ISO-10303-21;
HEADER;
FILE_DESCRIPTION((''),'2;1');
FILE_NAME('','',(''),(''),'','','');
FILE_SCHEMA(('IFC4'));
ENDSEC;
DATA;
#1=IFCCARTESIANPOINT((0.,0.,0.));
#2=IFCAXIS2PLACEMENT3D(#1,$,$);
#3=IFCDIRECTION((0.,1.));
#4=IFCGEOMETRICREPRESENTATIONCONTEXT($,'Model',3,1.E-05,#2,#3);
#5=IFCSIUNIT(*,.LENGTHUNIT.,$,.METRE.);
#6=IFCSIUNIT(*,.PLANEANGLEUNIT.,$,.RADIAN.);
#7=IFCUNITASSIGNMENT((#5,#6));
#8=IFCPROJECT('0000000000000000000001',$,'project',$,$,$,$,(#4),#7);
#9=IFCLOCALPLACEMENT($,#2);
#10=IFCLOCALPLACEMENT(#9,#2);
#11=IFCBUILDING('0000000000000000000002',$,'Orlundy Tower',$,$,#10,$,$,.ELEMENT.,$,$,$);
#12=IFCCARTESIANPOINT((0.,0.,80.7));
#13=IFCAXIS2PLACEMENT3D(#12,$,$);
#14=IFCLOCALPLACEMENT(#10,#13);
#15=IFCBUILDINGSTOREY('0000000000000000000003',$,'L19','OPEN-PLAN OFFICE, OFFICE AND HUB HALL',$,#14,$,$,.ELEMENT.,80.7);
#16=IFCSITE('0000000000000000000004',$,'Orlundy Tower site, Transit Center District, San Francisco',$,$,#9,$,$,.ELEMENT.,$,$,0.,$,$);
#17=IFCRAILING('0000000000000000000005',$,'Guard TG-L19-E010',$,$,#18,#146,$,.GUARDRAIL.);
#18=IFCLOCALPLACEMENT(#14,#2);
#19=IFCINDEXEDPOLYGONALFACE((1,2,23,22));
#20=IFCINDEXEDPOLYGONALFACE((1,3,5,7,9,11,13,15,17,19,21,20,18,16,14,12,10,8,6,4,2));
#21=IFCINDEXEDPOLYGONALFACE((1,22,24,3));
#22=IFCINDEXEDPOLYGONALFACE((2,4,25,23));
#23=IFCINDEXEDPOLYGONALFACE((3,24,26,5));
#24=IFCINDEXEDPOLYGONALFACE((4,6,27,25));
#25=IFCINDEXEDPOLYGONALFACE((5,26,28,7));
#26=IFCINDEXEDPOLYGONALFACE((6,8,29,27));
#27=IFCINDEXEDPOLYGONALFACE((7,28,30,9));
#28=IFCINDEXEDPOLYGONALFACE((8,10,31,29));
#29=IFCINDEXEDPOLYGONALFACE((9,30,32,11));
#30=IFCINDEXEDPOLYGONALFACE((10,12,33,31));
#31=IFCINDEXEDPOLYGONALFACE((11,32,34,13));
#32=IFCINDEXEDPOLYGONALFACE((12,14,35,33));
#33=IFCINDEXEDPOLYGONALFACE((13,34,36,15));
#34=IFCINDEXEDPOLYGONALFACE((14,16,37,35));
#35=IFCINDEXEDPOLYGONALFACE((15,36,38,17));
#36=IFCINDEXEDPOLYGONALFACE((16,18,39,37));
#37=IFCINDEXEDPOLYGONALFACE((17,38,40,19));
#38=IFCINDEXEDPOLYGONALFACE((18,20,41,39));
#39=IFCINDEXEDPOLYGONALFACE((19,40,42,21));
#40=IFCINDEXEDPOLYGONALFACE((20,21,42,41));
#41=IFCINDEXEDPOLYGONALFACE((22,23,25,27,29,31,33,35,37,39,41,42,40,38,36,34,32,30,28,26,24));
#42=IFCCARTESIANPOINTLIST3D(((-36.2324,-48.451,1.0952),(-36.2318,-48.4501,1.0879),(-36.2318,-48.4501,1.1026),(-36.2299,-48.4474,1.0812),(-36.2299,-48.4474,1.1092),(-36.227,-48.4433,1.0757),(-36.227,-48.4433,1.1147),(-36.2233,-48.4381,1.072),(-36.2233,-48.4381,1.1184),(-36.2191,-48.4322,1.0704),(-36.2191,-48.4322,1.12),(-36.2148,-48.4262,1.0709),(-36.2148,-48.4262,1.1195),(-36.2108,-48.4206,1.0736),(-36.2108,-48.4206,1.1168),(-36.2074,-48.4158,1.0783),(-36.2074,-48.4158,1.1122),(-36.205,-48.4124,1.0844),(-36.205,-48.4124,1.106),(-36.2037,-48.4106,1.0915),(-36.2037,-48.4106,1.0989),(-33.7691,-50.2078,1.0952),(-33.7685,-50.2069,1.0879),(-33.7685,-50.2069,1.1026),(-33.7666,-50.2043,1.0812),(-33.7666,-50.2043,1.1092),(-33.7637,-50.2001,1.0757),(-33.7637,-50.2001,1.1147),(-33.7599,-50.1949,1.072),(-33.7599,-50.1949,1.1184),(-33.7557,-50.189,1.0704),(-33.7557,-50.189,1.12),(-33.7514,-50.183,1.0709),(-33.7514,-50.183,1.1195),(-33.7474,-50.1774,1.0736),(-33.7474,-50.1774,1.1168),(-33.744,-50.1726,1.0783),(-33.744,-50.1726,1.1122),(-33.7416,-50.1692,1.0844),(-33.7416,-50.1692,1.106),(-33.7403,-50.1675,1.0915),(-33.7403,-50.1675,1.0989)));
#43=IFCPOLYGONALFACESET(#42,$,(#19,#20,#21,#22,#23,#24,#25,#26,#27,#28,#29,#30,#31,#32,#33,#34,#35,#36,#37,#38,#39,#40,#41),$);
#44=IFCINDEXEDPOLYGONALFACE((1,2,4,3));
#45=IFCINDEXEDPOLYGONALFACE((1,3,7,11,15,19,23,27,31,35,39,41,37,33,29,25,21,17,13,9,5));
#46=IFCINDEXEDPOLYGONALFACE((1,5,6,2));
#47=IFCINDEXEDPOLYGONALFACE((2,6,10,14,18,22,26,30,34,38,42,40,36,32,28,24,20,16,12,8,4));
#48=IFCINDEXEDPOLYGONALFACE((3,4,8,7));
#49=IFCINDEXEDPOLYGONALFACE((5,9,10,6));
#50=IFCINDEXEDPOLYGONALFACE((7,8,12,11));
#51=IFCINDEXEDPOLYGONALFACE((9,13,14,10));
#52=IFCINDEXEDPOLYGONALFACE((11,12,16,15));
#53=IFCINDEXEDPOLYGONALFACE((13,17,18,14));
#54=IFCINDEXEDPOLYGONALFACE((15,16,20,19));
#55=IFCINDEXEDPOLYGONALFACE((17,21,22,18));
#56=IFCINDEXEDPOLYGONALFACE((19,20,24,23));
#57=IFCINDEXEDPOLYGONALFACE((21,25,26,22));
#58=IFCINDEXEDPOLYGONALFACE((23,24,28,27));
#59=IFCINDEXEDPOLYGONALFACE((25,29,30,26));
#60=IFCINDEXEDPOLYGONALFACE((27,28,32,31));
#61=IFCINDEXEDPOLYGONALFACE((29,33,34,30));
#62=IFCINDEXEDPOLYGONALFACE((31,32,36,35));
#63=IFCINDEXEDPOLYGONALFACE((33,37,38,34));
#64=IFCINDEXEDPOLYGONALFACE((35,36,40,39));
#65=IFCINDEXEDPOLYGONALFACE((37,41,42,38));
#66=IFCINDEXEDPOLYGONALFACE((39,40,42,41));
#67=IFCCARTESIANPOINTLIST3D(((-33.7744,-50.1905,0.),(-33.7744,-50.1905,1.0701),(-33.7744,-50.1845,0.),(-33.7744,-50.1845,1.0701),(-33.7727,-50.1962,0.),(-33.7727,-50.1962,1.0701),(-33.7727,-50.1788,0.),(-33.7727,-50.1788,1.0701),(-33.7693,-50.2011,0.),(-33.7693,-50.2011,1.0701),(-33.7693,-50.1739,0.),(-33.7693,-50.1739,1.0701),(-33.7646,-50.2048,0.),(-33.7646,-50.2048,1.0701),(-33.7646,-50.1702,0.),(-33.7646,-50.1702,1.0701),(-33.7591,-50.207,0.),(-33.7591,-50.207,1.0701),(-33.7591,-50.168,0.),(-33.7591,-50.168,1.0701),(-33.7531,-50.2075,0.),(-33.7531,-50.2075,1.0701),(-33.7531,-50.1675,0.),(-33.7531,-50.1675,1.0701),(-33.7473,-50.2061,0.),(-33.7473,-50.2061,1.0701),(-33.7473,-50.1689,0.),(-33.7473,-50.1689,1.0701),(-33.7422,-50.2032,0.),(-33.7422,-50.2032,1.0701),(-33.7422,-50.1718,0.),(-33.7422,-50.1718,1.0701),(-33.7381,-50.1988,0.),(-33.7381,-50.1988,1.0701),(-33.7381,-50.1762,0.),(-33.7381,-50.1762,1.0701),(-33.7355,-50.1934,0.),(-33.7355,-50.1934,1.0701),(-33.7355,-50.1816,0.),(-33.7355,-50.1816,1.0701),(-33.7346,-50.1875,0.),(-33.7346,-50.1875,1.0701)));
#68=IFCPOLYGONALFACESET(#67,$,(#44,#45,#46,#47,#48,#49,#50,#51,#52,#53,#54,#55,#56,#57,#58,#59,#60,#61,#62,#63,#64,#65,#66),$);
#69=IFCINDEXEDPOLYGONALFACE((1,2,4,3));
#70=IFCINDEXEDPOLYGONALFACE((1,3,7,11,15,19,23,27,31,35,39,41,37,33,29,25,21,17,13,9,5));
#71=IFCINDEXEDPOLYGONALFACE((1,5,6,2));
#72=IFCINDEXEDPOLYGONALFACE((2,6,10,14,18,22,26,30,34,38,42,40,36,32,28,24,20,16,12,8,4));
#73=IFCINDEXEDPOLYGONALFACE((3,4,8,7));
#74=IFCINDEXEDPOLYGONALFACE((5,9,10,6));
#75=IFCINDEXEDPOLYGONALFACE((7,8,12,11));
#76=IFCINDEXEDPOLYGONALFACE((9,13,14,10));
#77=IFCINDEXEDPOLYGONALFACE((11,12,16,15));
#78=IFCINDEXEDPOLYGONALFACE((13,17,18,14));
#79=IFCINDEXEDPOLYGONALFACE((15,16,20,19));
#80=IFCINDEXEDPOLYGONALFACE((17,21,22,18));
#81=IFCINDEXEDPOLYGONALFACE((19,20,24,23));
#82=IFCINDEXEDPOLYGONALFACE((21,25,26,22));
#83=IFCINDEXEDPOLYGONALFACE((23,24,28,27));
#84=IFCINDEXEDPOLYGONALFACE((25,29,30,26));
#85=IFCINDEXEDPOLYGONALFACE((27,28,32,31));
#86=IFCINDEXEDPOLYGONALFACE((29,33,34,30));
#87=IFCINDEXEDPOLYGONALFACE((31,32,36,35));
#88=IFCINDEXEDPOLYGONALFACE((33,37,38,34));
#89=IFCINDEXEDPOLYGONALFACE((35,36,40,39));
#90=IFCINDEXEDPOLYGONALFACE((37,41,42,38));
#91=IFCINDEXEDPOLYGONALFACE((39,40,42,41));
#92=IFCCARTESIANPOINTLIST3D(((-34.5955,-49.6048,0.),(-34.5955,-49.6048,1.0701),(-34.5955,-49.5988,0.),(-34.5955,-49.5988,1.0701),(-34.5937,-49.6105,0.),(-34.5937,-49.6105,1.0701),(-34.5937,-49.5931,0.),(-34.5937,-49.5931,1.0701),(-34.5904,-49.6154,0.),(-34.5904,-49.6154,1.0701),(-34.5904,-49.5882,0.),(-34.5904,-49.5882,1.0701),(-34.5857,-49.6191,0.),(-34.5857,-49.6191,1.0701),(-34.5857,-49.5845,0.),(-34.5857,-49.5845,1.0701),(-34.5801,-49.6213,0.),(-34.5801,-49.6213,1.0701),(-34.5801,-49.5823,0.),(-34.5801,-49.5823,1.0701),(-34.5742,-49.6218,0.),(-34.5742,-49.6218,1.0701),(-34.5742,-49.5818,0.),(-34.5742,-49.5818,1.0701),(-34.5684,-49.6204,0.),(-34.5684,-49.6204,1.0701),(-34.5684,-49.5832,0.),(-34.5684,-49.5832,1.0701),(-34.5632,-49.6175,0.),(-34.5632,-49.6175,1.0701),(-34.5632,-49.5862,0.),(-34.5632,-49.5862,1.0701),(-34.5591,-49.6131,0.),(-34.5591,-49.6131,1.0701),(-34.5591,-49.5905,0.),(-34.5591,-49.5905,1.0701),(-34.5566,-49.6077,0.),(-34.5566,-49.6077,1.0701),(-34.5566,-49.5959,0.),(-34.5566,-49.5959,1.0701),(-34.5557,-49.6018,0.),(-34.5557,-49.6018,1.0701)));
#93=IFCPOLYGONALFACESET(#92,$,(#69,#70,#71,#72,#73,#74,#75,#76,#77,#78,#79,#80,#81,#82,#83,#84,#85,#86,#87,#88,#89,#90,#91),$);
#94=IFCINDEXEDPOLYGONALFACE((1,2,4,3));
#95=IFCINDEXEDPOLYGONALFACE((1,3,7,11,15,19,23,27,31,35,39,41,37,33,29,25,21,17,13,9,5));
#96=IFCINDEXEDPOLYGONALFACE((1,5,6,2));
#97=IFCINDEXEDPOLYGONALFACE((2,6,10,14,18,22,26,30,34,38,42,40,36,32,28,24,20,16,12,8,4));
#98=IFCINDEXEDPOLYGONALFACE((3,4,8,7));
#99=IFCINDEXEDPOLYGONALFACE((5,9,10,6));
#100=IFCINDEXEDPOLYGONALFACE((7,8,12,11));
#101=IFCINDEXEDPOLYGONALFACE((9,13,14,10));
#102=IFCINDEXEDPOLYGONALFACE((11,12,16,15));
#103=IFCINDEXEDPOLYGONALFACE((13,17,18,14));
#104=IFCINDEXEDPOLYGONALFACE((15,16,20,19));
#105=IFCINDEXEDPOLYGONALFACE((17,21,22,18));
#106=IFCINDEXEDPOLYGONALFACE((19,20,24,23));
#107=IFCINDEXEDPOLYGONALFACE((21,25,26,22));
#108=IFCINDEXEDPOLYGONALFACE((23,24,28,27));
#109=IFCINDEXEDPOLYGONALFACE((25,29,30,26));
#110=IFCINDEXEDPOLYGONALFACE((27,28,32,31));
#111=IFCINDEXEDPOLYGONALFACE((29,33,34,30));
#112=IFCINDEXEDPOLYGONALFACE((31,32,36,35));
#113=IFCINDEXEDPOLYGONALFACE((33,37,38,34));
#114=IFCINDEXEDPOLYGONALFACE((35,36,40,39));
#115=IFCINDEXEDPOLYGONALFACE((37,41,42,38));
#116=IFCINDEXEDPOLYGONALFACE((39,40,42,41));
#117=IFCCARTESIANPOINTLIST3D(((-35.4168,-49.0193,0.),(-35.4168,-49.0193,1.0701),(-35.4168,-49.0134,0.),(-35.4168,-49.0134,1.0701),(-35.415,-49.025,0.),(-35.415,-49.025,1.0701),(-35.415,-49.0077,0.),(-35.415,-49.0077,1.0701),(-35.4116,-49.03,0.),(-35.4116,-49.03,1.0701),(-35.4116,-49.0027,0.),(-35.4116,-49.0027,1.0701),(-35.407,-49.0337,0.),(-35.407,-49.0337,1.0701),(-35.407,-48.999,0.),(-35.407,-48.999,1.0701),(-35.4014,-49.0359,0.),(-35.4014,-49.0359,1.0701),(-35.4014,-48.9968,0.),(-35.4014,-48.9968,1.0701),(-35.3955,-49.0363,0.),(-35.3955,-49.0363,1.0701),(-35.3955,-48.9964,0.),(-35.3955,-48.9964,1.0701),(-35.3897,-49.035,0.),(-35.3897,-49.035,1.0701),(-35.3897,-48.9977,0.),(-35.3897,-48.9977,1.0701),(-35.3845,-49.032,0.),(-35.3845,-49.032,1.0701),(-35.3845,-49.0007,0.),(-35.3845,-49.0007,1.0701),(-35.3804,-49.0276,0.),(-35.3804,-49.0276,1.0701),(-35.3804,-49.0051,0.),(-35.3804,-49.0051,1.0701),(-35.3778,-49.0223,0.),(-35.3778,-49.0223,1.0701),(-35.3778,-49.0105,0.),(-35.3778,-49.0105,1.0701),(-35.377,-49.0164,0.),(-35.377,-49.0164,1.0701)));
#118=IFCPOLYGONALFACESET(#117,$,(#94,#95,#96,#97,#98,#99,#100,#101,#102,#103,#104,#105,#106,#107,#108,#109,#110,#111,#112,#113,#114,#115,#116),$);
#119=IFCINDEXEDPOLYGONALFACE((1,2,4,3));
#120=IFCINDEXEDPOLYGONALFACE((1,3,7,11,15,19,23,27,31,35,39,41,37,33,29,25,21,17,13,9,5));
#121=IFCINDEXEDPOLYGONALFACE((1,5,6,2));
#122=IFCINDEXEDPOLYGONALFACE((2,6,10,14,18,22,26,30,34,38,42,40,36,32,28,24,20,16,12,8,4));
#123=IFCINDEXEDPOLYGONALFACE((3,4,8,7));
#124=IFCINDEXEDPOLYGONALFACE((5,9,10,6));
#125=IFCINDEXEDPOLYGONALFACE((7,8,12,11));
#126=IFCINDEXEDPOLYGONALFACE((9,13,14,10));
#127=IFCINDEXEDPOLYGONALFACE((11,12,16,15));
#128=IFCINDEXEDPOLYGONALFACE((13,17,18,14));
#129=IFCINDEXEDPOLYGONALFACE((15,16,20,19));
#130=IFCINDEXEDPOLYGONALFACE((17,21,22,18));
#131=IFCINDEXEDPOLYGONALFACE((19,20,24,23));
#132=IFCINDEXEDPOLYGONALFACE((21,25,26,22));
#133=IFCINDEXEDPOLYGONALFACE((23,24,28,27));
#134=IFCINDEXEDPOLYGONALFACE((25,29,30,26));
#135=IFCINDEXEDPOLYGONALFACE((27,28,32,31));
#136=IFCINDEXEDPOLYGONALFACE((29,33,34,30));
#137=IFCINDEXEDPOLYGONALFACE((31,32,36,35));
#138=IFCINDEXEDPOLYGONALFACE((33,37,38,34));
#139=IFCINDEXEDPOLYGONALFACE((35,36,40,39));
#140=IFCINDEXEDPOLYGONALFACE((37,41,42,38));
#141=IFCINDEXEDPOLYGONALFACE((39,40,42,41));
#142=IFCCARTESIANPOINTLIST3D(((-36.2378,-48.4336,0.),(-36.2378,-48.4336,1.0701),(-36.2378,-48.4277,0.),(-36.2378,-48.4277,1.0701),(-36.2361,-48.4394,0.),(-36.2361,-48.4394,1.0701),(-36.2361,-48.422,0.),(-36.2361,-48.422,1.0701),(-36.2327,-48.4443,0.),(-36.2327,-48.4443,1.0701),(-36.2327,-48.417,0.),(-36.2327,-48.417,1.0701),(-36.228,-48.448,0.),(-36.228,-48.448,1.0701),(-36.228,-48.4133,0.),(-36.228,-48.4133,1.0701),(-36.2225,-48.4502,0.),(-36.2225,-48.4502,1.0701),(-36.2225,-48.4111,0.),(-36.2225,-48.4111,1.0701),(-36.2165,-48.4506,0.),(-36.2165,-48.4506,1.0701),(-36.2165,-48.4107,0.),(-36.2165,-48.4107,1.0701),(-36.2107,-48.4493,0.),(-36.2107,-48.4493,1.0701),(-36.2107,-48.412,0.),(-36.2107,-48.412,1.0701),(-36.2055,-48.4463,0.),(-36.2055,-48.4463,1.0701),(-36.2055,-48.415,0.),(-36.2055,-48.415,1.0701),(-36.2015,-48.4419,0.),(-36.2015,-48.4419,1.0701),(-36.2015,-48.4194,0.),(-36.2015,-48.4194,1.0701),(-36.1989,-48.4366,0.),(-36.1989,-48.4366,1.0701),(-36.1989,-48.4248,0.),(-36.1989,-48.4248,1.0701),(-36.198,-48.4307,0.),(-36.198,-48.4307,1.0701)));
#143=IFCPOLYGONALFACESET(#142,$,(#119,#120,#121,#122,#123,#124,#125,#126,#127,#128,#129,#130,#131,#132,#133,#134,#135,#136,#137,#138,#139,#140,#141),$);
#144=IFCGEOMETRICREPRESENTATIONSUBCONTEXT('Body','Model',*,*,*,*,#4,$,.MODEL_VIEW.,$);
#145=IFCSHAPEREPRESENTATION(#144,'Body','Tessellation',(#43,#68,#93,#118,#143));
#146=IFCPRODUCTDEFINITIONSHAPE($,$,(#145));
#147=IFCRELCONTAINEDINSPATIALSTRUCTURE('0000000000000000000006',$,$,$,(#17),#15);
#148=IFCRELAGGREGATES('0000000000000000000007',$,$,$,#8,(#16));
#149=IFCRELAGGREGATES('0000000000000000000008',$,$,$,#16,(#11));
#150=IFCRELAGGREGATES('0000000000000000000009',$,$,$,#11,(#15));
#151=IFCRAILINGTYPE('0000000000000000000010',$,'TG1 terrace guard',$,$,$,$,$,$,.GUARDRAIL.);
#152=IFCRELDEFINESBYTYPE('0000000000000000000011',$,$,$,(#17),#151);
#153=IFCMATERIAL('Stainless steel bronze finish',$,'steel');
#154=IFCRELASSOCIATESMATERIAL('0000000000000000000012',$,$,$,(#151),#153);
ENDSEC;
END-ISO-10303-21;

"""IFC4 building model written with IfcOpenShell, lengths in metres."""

from ifc_helpers import new_model, si_unit, direction, frame, origin, origin_2d, place, context, subcontext, project, spatial, circle, extrude, material, type_object, element, save


model = new_model("IFC4")

# Units and contexts
model_context = context("Model", 3, precision=1e-05, world=origin(), true_north=direction((0.0, 1.0)))
body_context = subcontext(model_context, "Body", "Model", "MODEL_VIEW")
ifc_project = project(units=[si_unit("LENGTHUNIT", "METRE"), si_unit("PLANEANGLEUNIT", "RADIAN")], contexts=[model_context])

# Site, building, storey
site_placement = place(None, origin())
site = spatial("IfcSite", under=ifc_project, at=site_placement, Name="Orlundy Tower site, Transit Center District, San Francisco", CompositionType="ELEMENT", RefElevation=0.0)
building_placement = place(site_placement, origin())
building = spatial("IfcBuilding", under=site, at=building_placement, Name="Orlundy Tower", CompositionType="ELEMENT")
storey_placement = place(building_placement, frame((0.0, 0.0, 80.7)))
storey = spatial("IfcBuildingStorey", under=building, at=storey_placement, Name="L19", Description="OPEN-PLAN OFFICE, OFFICE AND HUB HALL", CompositionType="ELEMENT", Elevation=80.7)

# Railing
ifc_material_1 = material(Name="Stainless steel bronze finish", Category="steel")
railing_type = type_object("IfcRailingType", Name="TG1 terrace guard", PredefinedType="GUARDRAIL", material=ifc_material_1)
railing_1_placement = place(storey_placement, frame((-33.7546, -50.1875, 0.0)))
element("IfcRailing", 1, at=railing_1_placement, inside=storey, type_object=railing_type, Name="Guard TG-L19-E010", PredefinedType="GUARDRAIL", context=body_context, shape_type="SweptSolid", body=[
    extrude(circle(Radius=0.0249, at=origin_2d()), frame((0.0, 0.0, 1.0952), z_axis=(-0.814159, 0.580643, 0.0), x_axis=(-0.580643, -0.814159, 0.0)), (0.0, 0.0, 1.0), 3.0256),
    extrude(circle(Radius=0.02, at=origin_2d()), origin(), (0.0, 0.0, 1.0), 1.0701),
    extrude(circle(Radius=0.02, at=origin_2d()), frame((-0.821, 0.5857, 0.0)), (0.0, 0.0, 1.0), 1.0701),
    extrude(circle(Radius=0.02, at=origin_2d()), frame((-1.6423, 1.1711, 0.0)), (0.0, 0.0, 1.0), 1.0701),
    extrude(circle(Radius=0.02, at=origin_2d()), frame((-2.4634, 1.7568, 0.0)), (0.0, 0.0, 1.0), 1.0701),
])

save(model, "model.ifc")
